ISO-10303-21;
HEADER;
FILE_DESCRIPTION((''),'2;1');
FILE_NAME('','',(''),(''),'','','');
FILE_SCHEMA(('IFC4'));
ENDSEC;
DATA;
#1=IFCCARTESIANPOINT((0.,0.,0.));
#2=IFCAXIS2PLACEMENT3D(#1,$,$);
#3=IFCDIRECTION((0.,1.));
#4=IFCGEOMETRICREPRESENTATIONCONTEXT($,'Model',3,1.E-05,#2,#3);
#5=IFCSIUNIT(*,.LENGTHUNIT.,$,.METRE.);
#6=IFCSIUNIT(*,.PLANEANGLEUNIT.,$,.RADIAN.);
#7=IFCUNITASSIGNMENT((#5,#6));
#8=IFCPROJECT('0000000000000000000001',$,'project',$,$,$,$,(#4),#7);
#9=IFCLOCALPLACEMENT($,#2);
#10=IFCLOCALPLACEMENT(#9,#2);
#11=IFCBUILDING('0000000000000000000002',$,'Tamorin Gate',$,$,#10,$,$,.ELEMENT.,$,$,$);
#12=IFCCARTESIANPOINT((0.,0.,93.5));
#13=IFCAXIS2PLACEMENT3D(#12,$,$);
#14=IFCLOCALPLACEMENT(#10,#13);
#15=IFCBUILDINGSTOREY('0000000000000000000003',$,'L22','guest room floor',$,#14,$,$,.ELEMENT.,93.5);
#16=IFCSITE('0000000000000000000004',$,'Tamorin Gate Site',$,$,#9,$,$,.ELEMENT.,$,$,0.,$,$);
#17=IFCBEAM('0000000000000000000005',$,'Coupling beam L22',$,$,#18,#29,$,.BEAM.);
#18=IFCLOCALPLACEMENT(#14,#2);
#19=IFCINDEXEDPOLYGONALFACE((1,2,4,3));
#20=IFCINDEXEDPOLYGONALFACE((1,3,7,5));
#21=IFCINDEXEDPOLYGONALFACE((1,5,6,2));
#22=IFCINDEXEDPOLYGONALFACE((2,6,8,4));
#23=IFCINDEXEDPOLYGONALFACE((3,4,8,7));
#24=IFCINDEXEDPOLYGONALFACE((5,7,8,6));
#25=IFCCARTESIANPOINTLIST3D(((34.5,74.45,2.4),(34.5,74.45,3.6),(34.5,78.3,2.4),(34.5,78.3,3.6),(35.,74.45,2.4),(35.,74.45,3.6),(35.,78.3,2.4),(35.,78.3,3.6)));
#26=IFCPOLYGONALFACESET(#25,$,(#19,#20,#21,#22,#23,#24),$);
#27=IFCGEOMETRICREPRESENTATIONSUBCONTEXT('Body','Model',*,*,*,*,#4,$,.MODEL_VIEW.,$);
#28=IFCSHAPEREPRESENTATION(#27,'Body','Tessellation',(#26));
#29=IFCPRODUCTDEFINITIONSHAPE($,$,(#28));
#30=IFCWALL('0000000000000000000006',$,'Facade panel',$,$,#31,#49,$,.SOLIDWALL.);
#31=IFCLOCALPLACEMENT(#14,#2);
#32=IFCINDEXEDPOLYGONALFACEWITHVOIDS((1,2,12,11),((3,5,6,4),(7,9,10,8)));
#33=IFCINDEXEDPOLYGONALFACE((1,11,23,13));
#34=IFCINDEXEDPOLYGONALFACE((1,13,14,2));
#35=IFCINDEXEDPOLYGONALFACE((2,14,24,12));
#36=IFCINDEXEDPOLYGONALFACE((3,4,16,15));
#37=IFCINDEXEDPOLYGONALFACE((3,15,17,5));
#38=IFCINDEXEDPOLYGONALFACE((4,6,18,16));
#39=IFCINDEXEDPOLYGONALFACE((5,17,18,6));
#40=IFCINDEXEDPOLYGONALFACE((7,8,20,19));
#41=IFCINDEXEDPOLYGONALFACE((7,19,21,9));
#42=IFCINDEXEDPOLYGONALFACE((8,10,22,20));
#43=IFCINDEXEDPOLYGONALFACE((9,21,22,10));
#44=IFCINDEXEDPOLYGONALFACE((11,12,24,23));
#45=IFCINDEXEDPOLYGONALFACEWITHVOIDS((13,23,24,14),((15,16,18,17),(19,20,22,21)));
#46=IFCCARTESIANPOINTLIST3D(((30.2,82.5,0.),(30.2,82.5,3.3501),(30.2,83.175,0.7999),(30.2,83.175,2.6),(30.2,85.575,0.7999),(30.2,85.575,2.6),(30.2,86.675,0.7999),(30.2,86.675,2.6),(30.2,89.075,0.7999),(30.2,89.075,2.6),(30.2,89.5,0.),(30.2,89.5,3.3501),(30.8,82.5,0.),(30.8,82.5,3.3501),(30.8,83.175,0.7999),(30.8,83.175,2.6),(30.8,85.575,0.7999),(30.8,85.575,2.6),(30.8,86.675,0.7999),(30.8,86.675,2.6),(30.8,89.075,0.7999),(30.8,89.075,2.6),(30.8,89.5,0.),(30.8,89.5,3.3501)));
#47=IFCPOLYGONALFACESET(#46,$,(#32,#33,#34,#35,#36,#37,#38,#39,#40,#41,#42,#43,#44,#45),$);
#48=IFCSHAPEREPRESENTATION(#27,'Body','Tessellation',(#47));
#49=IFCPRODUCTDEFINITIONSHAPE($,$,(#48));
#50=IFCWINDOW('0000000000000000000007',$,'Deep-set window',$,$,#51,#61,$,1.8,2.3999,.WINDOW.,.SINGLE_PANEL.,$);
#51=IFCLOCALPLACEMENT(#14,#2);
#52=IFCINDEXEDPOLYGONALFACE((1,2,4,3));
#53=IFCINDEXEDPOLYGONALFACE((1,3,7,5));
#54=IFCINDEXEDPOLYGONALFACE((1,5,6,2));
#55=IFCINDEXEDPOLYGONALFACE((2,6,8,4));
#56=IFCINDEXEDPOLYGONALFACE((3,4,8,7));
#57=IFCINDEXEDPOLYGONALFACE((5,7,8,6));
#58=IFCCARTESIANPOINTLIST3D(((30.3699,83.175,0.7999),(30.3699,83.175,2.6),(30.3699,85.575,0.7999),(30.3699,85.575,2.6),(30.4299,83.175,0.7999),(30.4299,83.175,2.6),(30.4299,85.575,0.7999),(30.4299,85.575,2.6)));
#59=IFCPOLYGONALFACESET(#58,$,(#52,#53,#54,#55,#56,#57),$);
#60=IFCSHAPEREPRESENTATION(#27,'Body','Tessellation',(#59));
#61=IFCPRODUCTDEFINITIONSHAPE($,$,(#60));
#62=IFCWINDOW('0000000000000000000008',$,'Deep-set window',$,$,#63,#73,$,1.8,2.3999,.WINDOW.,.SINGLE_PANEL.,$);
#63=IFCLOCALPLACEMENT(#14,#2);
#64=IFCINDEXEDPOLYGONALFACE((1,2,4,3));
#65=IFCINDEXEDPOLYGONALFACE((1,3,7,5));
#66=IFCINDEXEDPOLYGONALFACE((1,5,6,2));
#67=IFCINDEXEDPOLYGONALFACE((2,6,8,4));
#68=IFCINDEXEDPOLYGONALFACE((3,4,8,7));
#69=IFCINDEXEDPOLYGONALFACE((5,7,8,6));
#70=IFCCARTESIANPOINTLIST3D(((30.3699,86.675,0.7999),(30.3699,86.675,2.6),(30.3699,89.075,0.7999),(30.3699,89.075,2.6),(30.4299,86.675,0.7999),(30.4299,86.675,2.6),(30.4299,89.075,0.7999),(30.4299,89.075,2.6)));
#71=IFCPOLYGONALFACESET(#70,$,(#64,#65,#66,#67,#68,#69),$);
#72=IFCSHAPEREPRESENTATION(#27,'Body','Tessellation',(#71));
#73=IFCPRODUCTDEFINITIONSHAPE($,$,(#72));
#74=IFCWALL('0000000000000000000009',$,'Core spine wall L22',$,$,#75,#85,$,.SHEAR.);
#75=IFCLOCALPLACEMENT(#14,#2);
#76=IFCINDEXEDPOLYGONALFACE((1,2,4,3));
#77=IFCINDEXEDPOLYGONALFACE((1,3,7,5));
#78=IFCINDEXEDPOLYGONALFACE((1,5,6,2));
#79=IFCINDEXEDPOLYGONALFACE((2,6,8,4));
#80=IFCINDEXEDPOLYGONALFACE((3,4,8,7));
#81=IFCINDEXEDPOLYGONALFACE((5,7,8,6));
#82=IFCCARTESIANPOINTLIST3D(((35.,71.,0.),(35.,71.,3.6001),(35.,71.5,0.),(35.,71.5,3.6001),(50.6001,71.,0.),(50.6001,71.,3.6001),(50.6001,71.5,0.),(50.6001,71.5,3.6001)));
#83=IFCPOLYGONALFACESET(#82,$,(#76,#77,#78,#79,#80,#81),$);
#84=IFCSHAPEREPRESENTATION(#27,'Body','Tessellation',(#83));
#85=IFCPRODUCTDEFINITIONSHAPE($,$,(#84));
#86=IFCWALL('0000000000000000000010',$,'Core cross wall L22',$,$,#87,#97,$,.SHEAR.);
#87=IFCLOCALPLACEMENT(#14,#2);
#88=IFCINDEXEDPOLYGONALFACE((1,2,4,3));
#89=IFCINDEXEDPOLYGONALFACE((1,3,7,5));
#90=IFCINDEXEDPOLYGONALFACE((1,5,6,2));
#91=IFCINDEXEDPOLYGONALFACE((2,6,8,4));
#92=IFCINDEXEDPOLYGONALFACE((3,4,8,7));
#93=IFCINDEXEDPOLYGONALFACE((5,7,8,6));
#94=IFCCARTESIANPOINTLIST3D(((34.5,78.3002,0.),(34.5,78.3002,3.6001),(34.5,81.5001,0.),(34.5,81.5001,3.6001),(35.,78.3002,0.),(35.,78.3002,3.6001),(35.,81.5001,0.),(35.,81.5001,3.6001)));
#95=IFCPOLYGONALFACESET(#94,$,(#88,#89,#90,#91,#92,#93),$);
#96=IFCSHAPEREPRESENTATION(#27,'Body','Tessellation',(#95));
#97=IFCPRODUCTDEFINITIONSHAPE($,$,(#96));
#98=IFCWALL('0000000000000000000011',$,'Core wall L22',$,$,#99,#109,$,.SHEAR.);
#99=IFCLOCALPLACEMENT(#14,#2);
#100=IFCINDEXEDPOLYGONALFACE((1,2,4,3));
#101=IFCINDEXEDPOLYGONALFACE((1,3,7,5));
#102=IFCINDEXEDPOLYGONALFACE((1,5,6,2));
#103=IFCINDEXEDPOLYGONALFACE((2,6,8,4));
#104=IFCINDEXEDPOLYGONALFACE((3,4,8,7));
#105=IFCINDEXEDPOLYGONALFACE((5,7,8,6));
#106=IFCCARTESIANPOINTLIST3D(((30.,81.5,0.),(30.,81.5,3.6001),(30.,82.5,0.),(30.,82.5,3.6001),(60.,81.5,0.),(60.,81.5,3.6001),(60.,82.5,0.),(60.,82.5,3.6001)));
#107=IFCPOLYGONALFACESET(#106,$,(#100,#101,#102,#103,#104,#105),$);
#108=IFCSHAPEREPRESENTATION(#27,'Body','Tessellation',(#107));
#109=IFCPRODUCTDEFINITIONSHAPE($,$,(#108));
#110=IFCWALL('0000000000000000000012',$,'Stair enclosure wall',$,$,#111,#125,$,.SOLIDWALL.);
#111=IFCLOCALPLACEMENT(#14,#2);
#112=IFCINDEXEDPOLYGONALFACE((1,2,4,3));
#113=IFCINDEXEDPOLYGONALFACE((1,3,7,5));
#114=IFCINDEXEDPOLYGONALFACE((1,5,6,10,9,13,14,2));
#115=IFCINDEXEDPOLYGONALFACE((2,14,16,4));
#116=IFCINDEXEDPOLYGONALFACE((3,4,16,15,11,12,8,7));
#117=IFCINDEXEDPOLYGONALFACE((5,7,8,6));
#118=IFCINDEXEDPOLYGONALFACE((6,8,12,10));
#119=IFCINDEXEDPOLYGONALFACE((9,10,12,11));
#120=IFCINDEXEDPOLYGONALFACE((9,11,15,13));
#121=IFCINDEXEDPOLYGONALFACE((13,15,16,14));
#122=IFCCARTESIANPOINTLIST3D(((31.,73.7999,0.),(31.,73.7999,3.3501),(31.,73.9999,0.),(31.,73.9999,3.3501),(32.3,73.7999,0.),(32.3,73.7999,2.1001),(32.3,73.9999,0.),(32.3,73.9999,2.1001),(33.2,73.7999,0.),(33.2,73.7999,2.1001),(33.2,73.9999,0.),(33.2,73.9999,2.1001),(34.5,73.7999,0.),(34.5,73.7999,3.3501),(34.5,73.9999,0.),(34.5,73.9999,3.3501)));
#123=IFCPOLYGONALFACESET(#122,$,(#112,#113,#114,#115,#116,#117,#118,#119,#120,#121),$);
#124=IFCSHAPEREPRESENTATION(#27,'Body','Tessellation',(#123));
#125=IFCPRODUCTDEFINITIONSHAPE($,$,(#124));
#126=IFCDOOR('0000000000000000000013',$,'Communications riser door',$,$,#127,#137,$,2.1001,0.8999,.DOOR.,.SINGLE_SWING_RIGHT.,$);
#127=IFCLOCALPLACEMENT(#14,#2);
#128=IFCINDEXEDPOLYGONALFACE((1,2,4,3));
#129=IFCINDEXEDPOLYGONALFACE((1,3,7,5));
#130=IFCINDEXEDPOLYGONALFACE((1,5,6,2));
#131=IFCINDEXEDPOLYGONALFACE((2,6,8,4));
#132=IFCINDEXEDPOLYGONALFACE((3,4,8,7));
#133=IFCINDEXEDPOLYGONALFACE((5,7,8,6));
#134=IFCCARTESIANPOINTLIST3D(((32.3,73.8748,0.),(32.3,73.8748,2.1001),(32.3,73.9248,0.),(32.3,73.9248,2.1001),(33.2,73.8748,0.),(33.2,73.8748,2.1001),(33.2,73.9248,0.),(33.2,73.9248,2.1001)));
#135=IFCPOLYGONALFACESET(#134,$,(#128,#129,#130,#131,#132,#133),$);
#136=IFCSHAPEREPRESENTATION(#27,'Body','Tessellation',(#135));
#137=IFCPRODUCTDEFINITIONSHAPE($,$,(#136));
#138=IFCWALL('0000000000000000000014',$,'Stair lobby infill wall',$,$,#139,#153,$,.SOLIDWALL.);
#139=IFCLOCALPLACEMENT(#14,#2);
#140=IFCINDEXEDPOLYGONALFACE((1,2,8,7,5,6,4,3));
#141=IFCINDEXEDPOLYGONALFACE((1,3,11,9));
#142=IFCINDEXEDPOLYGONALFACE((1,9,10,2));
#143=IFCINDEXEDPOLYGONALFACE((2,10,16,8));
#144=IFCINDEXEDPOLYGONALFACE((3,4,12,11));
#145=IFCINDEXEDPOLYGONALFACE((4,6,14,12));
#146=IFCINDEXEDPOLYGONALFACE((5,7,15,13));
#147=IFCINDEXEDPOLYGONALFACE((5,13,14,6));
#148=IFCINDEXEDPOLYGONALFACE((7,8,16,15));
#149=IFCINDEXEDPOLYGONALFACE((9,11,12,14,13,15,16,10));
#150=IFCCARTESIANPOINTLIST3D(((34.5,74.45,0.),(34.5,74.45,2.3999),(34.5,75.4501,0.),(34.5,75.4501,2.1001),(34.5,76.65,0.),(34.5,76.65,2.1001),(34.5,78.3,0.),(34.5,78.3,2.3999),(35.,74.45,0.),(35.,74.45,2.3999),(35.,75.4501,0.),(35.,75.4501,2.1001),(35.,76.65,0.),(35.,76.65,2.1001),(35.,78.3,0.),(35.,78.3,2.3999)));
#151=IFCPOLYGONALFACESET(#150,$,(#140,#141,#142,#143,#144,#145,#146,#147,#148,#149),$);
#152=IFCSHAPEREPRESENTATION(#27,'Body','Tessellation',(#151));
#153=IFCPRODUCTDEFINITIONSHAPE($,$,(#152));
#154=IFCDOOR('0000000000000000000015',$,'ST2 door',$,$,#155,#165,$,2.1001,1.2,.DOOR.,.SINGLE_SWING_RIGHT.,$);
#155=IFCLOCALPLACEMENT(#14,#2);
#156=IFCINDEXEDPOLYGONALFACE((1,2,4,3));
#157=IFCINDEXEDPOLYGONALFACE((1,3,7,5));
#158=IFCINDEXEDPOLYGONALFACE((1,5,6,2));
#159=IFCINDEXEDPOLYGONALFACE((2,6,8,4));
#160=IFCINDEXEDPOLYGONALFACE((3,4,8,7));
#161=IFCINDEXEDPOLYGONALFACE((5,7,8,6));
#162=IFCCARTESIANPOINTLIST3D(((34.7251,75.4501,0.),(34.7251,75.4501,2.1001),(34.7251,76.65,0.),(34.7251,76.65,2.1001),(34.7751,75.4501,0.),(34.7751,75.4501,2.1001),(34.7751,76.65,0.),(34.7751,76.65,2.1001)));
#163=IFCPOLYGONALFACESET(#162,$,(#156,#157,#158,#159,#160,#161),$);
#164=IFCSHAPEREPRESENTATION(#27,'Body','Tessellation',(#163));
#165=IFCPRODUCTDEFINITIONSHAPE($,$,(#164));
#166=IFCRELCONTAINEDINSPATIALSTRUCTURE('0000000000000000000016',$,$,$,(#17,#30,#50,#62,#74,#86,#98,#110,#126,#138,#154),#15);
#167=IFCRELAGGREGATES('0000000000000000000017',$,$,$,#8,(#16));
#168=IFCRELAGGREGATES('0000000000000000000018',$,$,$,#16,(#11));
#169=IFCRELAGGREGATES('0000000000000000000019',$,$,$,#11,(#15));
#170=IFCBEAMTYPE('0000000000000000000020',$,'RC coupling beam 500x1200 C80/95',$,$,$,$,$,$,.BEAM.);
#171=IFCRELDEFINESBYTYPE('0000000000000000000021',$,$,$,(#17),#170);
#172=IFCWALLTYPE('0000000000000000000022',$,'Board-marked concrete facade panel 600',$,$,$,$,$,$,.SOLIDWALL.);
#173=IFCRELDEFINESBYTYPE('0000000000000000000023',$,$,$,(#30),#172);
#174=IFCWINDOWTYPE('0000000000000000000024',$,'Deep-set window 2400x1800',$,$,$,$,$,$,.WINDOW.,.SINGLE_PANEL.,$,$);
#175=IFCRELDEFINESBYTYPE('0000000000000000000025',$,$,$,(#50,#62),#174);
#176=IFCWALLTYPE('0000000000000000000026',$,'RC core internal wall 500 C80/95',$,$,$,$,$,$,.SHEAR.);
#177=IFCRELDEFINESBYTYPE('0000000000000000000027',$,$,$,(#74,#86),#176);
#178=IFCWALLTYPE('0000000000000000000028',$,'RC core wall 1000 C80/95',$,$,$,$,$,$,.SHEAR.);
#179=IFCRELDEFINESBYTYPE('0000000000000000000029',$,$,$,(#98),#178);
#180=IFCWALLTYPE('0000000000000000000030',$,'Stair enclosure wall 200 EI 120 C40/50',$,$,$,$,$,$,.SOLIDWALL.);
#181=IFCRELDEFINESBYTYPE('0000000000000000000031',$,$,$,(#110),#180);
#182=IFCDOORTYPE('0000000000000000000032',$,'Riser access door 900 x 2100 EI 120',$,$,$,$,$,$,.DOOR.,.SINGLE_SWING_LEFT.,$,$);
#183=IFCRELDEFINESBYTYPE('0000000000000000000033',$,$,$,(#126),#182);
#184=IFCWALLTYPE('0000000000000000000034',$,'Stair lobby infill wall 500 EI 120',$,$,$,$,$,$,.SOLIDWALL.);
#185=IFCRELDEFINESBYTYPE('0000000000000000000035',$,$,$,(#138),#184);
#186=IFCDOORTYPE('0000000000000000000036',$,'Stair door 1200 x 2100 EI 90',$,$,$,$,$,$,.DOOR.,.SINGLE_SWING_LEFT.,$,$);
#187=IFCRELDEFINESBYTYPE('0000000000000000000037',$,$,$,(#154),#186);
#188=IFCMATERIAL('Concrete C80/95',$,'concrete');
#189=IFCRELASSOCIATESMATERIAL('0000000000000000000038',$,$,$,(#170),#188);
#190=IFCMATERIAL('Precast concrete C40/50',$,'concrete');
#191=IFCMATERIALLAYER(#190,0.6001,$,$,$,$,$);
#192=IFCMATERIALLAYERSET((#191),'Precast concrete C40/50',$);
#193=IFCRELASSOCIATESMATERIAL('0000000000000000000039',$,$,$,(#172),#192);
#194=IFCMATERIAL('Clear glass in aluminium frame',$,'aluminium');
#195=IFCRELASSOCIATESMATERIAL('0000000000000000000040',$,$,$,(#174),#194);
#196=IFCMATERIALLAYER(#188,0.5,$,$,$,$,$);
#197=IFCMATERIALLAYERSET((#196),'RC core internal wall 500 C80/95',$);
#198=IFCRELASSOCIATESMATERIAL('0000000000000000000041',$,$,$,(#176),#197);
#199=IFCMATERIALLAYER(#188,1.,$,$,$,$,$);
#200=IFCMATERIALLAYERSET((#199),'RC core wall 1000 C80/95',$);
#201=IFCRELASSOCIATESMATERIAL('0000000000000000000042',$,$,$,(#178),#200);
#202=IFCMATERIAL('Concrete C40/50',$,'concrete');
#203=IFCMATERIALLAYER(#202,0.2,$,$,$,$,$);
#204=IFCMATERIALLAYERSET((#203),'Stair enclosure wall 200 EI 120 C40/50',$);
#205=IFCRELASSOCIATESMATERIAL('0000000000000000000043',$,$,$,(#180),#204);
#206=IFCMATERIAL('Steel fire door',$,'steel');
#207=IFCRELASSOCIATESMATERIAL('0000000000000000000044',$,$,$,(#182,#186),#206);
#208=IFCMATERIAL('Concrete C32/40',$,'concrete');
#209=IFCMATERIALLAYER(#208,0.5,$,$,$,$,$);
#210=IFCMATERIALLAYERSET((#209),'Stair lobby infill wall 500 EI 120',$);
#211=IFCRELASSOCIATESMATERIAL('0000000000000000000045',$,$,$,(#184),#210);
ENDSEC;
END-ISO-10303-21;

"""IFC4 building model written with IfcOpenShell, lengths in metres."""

from ifc_helpers import new_model, si_unit, direction, frame, frame_2d, origin, origin_2d, place, context, subcontext, project, spatial, rectangle, extrude, material, layer, layer_set, material_profile, profile_set, type_object, element, fill, save


model = new_model("IFC4")

# Units and contexts
model_context = context("Model", 3, precision=1e-05, world=origin(), true_north=direction((0.0, 1.0)))
body_context = subcontext(model_context, "Body", "Model", "MODEL_VIEW")
ifc_project = project(units=[si_unit("LENGTHUNIT", "METRE"), si_unit("PLANEANGLEUNIT", "RADIAN")], contexts=[model_context])

# Site, building, storey
site_placement = place(None, origin())
site = spatial("IfcSite", under=ifc_project, at=site_placement, Name="Tamorin Gate Site", CompositionType="ELEMENT", RefElevation=0.0)
building_placement = place(site_placement, origin())
building = spatial("IfcBuilding", under=site, at=building_placement, Name="Tamorin Gate", CompositionType="ELEMENT")
storey_placement = place(building_placement, frame((0.0, 0.0, 93.5)))
storey = spatial("IfcBuildingStorey", under=building, at=storey_placement, Name="L22", Description="guest room floor", CompositionType="ELEMENT", Elevation=93.5)

# Beam
ifc_material_1 = material(Name="Concrete C80/95", Category="concrete")
ifc_material_profile = material_profile(ifc_material_1, rectangle(XDim=0.5, YDim=1.2, at=origin_2d()), Name="RC 500x1200")
ifc_profile_set = profile_set([ifc_material_profile], Name="Concrete C80/95")
beam_type = type_object("IfcBeamType", Name="RC coupling beam 500x1200 C80/95", PredefinedType="BEAM", material=ifc_profile_set)
beam_placement = place(storey_placement, frame((34.75, 74.45, 3.0), z_axis=(0.0, 1.0, 0.0), x_axis=(-1.0, 0.0, 0.0)))
element("IfcBeam", 1, at=beam_placement, inside=storey, type_object=beam_type, Name="Coupling beam L22", PredefinedType="BEAM", context=body_context, shape_type="SweptSolid", body=[
    extrude(rectangle(XDim=0.5, YDim=1.2, at=origin_2d()), origin(), (0.0, 0.0, 1.0), 3.8501),
])

# Wall, openings, windows
ifc_material_2 = material(Name="Precast concrete C40/50", Category="concrete")
ifc_layer_1 = layer(ifc_material_2, 0.6001)
ifc_layer_set_1 = layer_set([ifc_layer_1], Name="Precast concrete C40/50")
wall_type_1 = type_object("IfcWallType", Name="Board-marked concrete facade panel 600", PredefinedType="SOLIDWALL", material=ifc_layer_set_1)
wall_1_placement = place(storey_placement, frame((30.5, 89.5, 0.0), z_axis=(0.0, 0.0, 1.0), x_axis=(0.0, -1.0, 0.0)))
wall_1 = element("IfcWall", 2, at=wall_1_placement, inside=storey, type_object=wall_type_1, Name="Facade panel", PredefinedType="SOLIDWALL", context=body_context, shape_type="SweptSolid", body=[
    extrude(rectangle(XDim=7.0, YDim=0.6001, at=frame_2d((3.5, 0.0))), origin(), (0.0, 0.0, 1.0), 3.3501),
])
opening_1_placement = place(wall_1_placement, frame((3.925, 0.0, 0.8)))
opening_1 = element("IfcOpeningElement", 3, at=opening_1_placement, cuts=wall_1, PredefinedType="OPENING", context=body_context, shape_type="SweptSolid", body=[
    extrude(rectangle(XDim=2.3999, YDim=1.8, at=frame_2d((1.2, 0.8999))), frame((0.0, 0.3101, 0.0), z_axis=(0.0, -1.0, 0.0), x_axis=(1.0, 0.0, 0.0)), (0.0, 0.0, 1.0), 0.6201),
])
opening_2_placement = place(wall_1_placement, frame((0.425, 0.0, 0.8)))
opening_2 = element("IfcOpeningElement", 4, at=opening_2_placement, cuts=wall_1, PredefinedType="OPENING", context=body_context, shape_type="SweptSolid", body=[
    extrude(rectangle(XDim=2.3999, YDim=1.8, at=frame_2d((1.2, 0.8999))), frame((0.0, 0.3101, 0.0), z_axis=(0.0, -1.0, 0.0), x_axis=(1.0, 0.0, 0.0)), (0.0, 0.0, 1.0), 0.6201),
])
ifc_material_3 = material(Name="Clear glass in aluminium frame", Category="aluminium")
window_type = type_object("IfcWindowType", Name="Deep-set window 2400x1800", PartitioningType="SINGLE_PANEL", PredefinedType="WINDOW", material=ifc_material_3)
window_1_placement = place(opening_1_placement, origin())
window_1 = element("IfcWindow", 5, at=window_1_placement, inside=storey, type_object=window_type, Name="Deep-set window", OverallHeight=1.8, OverallWidth=2.3999, PartitioningType="SINGLE_PANEL", PredefinedType="WINDOW", context=body_context, shape_type="SweptSolid", body=[
    extrude(rectangle(XDim=2.3999, YDim=1.8, at=frame_2d((1.2, 0.8999))), frame((0.0, -0.0701, 0.0), z_axis=(0.0, -1.0, 0.0), x_axis=(1.0, 0.0, 0.0)), (0.0, 0.0, 1.0), 0.0601),
])
fill(opening_1, window_1)
window_2_placement = place(opening_2_placement, origin())
window_2 = element("IfcWindow", 6, at=window_2_placement, inside=storey, type_object=window_type, Name="Deep-set window", OverallHeight=1.8, OverallWidth=2.3999, PartitioningType="SINGLE_PANEL", PredefinedType="WINDOW", context=body_context, shape_type="SweptSolid", body=[
    extrude(rectangle(XDim=2.3999, YDim=1.8, at=frame_2d((1.2, 0.8999))), frame((0.0, -0.0701, 0.0), z_axis=(0.0, -1.0, 0.0), x_axis=(1.0, 0.0, 0.0)), (0.0, 0.0, 1.0), 0.0601),
])
fill(opening_2, window_2)

# Walls
ifc_layer_2 = layer(ifc_material_1, 0.5)
ifc_layer_set_2 = layer_set([ifc_layer_2], Name="RC core internal wall 500 C80/95")
wall_type_2 = type_object("IfcWallType", Name="RC core internal wall 500 C80/95", PredefinedType="SHEAR", material=ifc_layer_set_2)
wall_2_placement = place(storey_placement, frame((35.0, 71.25, 0.0), z_axis=(0.0, 0.0, 1.0), x_axis=(1.0, 0.0, 0.0)))
element("IfcWall", 7, at=wall_2_placement, inside=storey, type_object=wall_type_2, Name="Core spine wall L22", PredefinedType="SHEAR", context=body_context, shape_type="SweptSolid", body=[
    extrude(rectangle(XDim=15.6001, YDim=0.5, at=frame_2d((7.8, 0.0))), origin(), (0.0, 0.0, 1.0), 3.6001),
])
wall_3_placement = place(storey_placement, frame((34.75, 78.3, 0.0), z_axis=(0.0, 0.0, 1.0), x_axis=(0.0, 1.0, 0.0)))
element("IfcWall", 8, at=wall_3_placement, inside=storey, type_object=wall_type_2, Name="Core cross wall L22", PredefinedType="SHEAR", context=body_context, shape_type="SweptSolid", body=[
    extrude(rectangle(XDim=3.2, YDim=0.5, at=frame_2d((1.6001, 0.0))), origin(), (0.0, 0.0, 1.0), 3.6001),
])
ifc_layer_3 = layer(ifc_material_1, 1.0)
ifc_layer_set_3 = layer_set([ifc_layer_3], Name="RC core wall 1000 C80/95")
wall_type_3 = type_object("IfcWallType", Name="RC core wall 1000 C80/95", PredefinedType="SHEAR", material=ifc_layer_set_3)
wall_4_placement = place(storey_placement, frame((30.0, 82.0, 0.0), z_axis=(0.0, 0.0, 1.0), x_axis=(1.0, 0.0, 0.0)))
element("IfcWall", 9, at=wall_4_placement, inside=storey, type_object=wall_type_3, Name="Core wall L22", PredefinedType="SHEAR", context=body_context, shape_type="SweptSolid", body=[
    extrude(rectangle(XDim=30.0, YDim=1.0, at=frame_2d((15.0, 0.0))), origin(), (0.0, 0.0, 1.0), 3.6001),
])

# Walls, openings, doors
ifc_material_4 = material(Name="Concrete C40/50", Category="concrete")
ifc_layer_4 = layer(ifc_material_4, 0.2)
ifc_layer_set_4 = layer_set([ifc_layer_4], Name="Stair enclosure wall 200 EI 120 C40/50")
wall_type_4 = type_object("IfcWallType", Name="Stair enclosure wall 200 EI 120 C40/50", PredefinedType="SOLIDWALL", material=ifc_layer_set_4)
wall_5_placement = place(storey_placement, frame((31.0, 73.8999, 0.0), z_axis=(0.0, 0.0, 1.0), x_axis=(1.0, 0.0, 0.0)))
wall_5 = element("IfcWall", 10, at=wall_5_placement, inside=storey, type_object=wall_type_4, Name="Stair enclosure wall", PredefinedType="SOLIDWALL", context=body_context, shape_type="SweptSolid", body=[
    extrude(rectangle(XDim=3.5, YDim=0.2, at=frame_2d((1.75, 0.0))), origin(), (0.0, 0.0, 1.0), 3.3501),
])
opening_3_placement = place(wall_5_placement, frame((1.3, 0.0, 0.0)))
opening_3 = element("IfcOpeningElement", 11, at=opening_3_placement, cuts=wall_5, PredefinedType="OPENING", context=body_context, shape_type="SweptSolid", body=[
    extrude(rectangle(XDim=0.8999, YDim=2.1001, at=frame_2d((0.45, 1.05))), frame((0.0, 0.1099, 0.0), z_axis=(0.0, -1.0, 0.0), x_axis=(1.0, 0.0, 0.0)), (0.0, 0.0, 1.0), 0.22),
])
ifc_material_5 = material(Name="Steel fire door", Category="steel")
door_type_1 = type_object("IfcDoorType", Name="Riser access door 900 x 2100 EI 120", OperationType="SINGLE_SWING_LEFT", PredefinedType="DOOR", material=ifc_material_5)
door_1_placement = place(opening_3_placement, origin())
door_1 = element("IfcDoor", 12, at=door_1_placement, inside=storey, type_object=door_type_1, Name="Communications riser door", OperationType="SINGLE_SWING_RIGHT", OverallHeight=2.1001, OverallWidth=0.8999, PredefinedType="DOOR", context=body_context, shape_type="SweptSolid", body=[
    extrude(rectangle(XDim=0.8999, YDim=2.1001, at=frame_2d((0.45, 1.05))), frame((0.0, 0.0249, 0.0), z_axis=(0.0, -1.0, 0.0), x_axis=(1.0, 0.0, 0.0)), (0.0, 0.0, 1.0), 0.05),
])
fill(opening_3, door_1)
ifc_material_6 = material(Name="Concrete C32/40", Category="concrete")
ifc_layer_5 = layer(ifc_material_6, 0.5)
ifc_layer_set_5 = layer_set([ifc_layer_5], Name="Stair lobby infill wall 500 EI 120")
wall_type_5 = type_object("IfcWallType", Name="Stair lobby infill wall 500 EI 120", PredefinedType="SOLIDWALL", material=ifc_layer_set_5)
wall_6_placement = place(storey_placement, frame((34.75, 74.45, 0.0), z_axis=(0.0, 0.0, 1.0), x_axis=(0.0, 1.0, 0.0)))
wall_6 = element("IfcWall", 13, at=wall_6_placement, inside=storey, type_object=wall_type_5, Name="Stair lobby infill wall", PredefinedType="SOLIDWALL", context=body_context, shape_type="SweptSolid", body=[
    extrude(rectangle(XDim=3.8501, YDim=0.5, at=frame_2d((1.925, 0.0))), origin(), (0.0, 0.0, 1.0), 2.3999),
])
opening_4_placement = place(wall_6_placement, frame((1.0, 0.0, 0.0)))
opening_4 = element("IfcOpeningElement", 14, at=opening_4_placement, cuts=wall_6, PredefinedType="OPENING", context=body_context, shape_type="SweptSolid", body=[
    extrude(rectangle(XDim=1.2, YDim=2.1001, at=frame_2d((0.6001, 1.05))), frame((0.0, 0.26, 0.0), z_axis=(0.0, -1.0, 0.0), x_axis=(1.0, 0.0, 0.0)), (0.0, 0.0, 1.0), 0.52),
])
door_type_2 = type_object("IfcDoorType", Name="Stair door 1200 x 2100 EI 90", OperationType="SINGLE_SWING_LEFT", PredefinedType="DOOR", material=ifc_material_5)
door_2_placement = place(opening_4_placement, origin())
door_2 = element("IfcDoor", 15, at=door_2_placement, inside=storey, type_object=door_type_2, Name="ST2 door", OperationType="SINGLE_SWING_RIGHT", OverallHeight=2.1001, OverallWidth=1.2, PredefinedType="DOOR", context=body_context, shape_type="SweptSolid", body=[
    extrude(rectangle(XDim=1.2, YDim=2.1001, at=frame_2d((0.6001, 1.05))), frame((0.0, 0.0249, 0.0), z_axis=(0.0, -1.0, 0.0), x_axis=(1.0, 0.0, 0.0)), (0.0, 0.0, 1.0), 0.05),
])
fill(opening_4, door_2)

save(model, "model.ifc")
